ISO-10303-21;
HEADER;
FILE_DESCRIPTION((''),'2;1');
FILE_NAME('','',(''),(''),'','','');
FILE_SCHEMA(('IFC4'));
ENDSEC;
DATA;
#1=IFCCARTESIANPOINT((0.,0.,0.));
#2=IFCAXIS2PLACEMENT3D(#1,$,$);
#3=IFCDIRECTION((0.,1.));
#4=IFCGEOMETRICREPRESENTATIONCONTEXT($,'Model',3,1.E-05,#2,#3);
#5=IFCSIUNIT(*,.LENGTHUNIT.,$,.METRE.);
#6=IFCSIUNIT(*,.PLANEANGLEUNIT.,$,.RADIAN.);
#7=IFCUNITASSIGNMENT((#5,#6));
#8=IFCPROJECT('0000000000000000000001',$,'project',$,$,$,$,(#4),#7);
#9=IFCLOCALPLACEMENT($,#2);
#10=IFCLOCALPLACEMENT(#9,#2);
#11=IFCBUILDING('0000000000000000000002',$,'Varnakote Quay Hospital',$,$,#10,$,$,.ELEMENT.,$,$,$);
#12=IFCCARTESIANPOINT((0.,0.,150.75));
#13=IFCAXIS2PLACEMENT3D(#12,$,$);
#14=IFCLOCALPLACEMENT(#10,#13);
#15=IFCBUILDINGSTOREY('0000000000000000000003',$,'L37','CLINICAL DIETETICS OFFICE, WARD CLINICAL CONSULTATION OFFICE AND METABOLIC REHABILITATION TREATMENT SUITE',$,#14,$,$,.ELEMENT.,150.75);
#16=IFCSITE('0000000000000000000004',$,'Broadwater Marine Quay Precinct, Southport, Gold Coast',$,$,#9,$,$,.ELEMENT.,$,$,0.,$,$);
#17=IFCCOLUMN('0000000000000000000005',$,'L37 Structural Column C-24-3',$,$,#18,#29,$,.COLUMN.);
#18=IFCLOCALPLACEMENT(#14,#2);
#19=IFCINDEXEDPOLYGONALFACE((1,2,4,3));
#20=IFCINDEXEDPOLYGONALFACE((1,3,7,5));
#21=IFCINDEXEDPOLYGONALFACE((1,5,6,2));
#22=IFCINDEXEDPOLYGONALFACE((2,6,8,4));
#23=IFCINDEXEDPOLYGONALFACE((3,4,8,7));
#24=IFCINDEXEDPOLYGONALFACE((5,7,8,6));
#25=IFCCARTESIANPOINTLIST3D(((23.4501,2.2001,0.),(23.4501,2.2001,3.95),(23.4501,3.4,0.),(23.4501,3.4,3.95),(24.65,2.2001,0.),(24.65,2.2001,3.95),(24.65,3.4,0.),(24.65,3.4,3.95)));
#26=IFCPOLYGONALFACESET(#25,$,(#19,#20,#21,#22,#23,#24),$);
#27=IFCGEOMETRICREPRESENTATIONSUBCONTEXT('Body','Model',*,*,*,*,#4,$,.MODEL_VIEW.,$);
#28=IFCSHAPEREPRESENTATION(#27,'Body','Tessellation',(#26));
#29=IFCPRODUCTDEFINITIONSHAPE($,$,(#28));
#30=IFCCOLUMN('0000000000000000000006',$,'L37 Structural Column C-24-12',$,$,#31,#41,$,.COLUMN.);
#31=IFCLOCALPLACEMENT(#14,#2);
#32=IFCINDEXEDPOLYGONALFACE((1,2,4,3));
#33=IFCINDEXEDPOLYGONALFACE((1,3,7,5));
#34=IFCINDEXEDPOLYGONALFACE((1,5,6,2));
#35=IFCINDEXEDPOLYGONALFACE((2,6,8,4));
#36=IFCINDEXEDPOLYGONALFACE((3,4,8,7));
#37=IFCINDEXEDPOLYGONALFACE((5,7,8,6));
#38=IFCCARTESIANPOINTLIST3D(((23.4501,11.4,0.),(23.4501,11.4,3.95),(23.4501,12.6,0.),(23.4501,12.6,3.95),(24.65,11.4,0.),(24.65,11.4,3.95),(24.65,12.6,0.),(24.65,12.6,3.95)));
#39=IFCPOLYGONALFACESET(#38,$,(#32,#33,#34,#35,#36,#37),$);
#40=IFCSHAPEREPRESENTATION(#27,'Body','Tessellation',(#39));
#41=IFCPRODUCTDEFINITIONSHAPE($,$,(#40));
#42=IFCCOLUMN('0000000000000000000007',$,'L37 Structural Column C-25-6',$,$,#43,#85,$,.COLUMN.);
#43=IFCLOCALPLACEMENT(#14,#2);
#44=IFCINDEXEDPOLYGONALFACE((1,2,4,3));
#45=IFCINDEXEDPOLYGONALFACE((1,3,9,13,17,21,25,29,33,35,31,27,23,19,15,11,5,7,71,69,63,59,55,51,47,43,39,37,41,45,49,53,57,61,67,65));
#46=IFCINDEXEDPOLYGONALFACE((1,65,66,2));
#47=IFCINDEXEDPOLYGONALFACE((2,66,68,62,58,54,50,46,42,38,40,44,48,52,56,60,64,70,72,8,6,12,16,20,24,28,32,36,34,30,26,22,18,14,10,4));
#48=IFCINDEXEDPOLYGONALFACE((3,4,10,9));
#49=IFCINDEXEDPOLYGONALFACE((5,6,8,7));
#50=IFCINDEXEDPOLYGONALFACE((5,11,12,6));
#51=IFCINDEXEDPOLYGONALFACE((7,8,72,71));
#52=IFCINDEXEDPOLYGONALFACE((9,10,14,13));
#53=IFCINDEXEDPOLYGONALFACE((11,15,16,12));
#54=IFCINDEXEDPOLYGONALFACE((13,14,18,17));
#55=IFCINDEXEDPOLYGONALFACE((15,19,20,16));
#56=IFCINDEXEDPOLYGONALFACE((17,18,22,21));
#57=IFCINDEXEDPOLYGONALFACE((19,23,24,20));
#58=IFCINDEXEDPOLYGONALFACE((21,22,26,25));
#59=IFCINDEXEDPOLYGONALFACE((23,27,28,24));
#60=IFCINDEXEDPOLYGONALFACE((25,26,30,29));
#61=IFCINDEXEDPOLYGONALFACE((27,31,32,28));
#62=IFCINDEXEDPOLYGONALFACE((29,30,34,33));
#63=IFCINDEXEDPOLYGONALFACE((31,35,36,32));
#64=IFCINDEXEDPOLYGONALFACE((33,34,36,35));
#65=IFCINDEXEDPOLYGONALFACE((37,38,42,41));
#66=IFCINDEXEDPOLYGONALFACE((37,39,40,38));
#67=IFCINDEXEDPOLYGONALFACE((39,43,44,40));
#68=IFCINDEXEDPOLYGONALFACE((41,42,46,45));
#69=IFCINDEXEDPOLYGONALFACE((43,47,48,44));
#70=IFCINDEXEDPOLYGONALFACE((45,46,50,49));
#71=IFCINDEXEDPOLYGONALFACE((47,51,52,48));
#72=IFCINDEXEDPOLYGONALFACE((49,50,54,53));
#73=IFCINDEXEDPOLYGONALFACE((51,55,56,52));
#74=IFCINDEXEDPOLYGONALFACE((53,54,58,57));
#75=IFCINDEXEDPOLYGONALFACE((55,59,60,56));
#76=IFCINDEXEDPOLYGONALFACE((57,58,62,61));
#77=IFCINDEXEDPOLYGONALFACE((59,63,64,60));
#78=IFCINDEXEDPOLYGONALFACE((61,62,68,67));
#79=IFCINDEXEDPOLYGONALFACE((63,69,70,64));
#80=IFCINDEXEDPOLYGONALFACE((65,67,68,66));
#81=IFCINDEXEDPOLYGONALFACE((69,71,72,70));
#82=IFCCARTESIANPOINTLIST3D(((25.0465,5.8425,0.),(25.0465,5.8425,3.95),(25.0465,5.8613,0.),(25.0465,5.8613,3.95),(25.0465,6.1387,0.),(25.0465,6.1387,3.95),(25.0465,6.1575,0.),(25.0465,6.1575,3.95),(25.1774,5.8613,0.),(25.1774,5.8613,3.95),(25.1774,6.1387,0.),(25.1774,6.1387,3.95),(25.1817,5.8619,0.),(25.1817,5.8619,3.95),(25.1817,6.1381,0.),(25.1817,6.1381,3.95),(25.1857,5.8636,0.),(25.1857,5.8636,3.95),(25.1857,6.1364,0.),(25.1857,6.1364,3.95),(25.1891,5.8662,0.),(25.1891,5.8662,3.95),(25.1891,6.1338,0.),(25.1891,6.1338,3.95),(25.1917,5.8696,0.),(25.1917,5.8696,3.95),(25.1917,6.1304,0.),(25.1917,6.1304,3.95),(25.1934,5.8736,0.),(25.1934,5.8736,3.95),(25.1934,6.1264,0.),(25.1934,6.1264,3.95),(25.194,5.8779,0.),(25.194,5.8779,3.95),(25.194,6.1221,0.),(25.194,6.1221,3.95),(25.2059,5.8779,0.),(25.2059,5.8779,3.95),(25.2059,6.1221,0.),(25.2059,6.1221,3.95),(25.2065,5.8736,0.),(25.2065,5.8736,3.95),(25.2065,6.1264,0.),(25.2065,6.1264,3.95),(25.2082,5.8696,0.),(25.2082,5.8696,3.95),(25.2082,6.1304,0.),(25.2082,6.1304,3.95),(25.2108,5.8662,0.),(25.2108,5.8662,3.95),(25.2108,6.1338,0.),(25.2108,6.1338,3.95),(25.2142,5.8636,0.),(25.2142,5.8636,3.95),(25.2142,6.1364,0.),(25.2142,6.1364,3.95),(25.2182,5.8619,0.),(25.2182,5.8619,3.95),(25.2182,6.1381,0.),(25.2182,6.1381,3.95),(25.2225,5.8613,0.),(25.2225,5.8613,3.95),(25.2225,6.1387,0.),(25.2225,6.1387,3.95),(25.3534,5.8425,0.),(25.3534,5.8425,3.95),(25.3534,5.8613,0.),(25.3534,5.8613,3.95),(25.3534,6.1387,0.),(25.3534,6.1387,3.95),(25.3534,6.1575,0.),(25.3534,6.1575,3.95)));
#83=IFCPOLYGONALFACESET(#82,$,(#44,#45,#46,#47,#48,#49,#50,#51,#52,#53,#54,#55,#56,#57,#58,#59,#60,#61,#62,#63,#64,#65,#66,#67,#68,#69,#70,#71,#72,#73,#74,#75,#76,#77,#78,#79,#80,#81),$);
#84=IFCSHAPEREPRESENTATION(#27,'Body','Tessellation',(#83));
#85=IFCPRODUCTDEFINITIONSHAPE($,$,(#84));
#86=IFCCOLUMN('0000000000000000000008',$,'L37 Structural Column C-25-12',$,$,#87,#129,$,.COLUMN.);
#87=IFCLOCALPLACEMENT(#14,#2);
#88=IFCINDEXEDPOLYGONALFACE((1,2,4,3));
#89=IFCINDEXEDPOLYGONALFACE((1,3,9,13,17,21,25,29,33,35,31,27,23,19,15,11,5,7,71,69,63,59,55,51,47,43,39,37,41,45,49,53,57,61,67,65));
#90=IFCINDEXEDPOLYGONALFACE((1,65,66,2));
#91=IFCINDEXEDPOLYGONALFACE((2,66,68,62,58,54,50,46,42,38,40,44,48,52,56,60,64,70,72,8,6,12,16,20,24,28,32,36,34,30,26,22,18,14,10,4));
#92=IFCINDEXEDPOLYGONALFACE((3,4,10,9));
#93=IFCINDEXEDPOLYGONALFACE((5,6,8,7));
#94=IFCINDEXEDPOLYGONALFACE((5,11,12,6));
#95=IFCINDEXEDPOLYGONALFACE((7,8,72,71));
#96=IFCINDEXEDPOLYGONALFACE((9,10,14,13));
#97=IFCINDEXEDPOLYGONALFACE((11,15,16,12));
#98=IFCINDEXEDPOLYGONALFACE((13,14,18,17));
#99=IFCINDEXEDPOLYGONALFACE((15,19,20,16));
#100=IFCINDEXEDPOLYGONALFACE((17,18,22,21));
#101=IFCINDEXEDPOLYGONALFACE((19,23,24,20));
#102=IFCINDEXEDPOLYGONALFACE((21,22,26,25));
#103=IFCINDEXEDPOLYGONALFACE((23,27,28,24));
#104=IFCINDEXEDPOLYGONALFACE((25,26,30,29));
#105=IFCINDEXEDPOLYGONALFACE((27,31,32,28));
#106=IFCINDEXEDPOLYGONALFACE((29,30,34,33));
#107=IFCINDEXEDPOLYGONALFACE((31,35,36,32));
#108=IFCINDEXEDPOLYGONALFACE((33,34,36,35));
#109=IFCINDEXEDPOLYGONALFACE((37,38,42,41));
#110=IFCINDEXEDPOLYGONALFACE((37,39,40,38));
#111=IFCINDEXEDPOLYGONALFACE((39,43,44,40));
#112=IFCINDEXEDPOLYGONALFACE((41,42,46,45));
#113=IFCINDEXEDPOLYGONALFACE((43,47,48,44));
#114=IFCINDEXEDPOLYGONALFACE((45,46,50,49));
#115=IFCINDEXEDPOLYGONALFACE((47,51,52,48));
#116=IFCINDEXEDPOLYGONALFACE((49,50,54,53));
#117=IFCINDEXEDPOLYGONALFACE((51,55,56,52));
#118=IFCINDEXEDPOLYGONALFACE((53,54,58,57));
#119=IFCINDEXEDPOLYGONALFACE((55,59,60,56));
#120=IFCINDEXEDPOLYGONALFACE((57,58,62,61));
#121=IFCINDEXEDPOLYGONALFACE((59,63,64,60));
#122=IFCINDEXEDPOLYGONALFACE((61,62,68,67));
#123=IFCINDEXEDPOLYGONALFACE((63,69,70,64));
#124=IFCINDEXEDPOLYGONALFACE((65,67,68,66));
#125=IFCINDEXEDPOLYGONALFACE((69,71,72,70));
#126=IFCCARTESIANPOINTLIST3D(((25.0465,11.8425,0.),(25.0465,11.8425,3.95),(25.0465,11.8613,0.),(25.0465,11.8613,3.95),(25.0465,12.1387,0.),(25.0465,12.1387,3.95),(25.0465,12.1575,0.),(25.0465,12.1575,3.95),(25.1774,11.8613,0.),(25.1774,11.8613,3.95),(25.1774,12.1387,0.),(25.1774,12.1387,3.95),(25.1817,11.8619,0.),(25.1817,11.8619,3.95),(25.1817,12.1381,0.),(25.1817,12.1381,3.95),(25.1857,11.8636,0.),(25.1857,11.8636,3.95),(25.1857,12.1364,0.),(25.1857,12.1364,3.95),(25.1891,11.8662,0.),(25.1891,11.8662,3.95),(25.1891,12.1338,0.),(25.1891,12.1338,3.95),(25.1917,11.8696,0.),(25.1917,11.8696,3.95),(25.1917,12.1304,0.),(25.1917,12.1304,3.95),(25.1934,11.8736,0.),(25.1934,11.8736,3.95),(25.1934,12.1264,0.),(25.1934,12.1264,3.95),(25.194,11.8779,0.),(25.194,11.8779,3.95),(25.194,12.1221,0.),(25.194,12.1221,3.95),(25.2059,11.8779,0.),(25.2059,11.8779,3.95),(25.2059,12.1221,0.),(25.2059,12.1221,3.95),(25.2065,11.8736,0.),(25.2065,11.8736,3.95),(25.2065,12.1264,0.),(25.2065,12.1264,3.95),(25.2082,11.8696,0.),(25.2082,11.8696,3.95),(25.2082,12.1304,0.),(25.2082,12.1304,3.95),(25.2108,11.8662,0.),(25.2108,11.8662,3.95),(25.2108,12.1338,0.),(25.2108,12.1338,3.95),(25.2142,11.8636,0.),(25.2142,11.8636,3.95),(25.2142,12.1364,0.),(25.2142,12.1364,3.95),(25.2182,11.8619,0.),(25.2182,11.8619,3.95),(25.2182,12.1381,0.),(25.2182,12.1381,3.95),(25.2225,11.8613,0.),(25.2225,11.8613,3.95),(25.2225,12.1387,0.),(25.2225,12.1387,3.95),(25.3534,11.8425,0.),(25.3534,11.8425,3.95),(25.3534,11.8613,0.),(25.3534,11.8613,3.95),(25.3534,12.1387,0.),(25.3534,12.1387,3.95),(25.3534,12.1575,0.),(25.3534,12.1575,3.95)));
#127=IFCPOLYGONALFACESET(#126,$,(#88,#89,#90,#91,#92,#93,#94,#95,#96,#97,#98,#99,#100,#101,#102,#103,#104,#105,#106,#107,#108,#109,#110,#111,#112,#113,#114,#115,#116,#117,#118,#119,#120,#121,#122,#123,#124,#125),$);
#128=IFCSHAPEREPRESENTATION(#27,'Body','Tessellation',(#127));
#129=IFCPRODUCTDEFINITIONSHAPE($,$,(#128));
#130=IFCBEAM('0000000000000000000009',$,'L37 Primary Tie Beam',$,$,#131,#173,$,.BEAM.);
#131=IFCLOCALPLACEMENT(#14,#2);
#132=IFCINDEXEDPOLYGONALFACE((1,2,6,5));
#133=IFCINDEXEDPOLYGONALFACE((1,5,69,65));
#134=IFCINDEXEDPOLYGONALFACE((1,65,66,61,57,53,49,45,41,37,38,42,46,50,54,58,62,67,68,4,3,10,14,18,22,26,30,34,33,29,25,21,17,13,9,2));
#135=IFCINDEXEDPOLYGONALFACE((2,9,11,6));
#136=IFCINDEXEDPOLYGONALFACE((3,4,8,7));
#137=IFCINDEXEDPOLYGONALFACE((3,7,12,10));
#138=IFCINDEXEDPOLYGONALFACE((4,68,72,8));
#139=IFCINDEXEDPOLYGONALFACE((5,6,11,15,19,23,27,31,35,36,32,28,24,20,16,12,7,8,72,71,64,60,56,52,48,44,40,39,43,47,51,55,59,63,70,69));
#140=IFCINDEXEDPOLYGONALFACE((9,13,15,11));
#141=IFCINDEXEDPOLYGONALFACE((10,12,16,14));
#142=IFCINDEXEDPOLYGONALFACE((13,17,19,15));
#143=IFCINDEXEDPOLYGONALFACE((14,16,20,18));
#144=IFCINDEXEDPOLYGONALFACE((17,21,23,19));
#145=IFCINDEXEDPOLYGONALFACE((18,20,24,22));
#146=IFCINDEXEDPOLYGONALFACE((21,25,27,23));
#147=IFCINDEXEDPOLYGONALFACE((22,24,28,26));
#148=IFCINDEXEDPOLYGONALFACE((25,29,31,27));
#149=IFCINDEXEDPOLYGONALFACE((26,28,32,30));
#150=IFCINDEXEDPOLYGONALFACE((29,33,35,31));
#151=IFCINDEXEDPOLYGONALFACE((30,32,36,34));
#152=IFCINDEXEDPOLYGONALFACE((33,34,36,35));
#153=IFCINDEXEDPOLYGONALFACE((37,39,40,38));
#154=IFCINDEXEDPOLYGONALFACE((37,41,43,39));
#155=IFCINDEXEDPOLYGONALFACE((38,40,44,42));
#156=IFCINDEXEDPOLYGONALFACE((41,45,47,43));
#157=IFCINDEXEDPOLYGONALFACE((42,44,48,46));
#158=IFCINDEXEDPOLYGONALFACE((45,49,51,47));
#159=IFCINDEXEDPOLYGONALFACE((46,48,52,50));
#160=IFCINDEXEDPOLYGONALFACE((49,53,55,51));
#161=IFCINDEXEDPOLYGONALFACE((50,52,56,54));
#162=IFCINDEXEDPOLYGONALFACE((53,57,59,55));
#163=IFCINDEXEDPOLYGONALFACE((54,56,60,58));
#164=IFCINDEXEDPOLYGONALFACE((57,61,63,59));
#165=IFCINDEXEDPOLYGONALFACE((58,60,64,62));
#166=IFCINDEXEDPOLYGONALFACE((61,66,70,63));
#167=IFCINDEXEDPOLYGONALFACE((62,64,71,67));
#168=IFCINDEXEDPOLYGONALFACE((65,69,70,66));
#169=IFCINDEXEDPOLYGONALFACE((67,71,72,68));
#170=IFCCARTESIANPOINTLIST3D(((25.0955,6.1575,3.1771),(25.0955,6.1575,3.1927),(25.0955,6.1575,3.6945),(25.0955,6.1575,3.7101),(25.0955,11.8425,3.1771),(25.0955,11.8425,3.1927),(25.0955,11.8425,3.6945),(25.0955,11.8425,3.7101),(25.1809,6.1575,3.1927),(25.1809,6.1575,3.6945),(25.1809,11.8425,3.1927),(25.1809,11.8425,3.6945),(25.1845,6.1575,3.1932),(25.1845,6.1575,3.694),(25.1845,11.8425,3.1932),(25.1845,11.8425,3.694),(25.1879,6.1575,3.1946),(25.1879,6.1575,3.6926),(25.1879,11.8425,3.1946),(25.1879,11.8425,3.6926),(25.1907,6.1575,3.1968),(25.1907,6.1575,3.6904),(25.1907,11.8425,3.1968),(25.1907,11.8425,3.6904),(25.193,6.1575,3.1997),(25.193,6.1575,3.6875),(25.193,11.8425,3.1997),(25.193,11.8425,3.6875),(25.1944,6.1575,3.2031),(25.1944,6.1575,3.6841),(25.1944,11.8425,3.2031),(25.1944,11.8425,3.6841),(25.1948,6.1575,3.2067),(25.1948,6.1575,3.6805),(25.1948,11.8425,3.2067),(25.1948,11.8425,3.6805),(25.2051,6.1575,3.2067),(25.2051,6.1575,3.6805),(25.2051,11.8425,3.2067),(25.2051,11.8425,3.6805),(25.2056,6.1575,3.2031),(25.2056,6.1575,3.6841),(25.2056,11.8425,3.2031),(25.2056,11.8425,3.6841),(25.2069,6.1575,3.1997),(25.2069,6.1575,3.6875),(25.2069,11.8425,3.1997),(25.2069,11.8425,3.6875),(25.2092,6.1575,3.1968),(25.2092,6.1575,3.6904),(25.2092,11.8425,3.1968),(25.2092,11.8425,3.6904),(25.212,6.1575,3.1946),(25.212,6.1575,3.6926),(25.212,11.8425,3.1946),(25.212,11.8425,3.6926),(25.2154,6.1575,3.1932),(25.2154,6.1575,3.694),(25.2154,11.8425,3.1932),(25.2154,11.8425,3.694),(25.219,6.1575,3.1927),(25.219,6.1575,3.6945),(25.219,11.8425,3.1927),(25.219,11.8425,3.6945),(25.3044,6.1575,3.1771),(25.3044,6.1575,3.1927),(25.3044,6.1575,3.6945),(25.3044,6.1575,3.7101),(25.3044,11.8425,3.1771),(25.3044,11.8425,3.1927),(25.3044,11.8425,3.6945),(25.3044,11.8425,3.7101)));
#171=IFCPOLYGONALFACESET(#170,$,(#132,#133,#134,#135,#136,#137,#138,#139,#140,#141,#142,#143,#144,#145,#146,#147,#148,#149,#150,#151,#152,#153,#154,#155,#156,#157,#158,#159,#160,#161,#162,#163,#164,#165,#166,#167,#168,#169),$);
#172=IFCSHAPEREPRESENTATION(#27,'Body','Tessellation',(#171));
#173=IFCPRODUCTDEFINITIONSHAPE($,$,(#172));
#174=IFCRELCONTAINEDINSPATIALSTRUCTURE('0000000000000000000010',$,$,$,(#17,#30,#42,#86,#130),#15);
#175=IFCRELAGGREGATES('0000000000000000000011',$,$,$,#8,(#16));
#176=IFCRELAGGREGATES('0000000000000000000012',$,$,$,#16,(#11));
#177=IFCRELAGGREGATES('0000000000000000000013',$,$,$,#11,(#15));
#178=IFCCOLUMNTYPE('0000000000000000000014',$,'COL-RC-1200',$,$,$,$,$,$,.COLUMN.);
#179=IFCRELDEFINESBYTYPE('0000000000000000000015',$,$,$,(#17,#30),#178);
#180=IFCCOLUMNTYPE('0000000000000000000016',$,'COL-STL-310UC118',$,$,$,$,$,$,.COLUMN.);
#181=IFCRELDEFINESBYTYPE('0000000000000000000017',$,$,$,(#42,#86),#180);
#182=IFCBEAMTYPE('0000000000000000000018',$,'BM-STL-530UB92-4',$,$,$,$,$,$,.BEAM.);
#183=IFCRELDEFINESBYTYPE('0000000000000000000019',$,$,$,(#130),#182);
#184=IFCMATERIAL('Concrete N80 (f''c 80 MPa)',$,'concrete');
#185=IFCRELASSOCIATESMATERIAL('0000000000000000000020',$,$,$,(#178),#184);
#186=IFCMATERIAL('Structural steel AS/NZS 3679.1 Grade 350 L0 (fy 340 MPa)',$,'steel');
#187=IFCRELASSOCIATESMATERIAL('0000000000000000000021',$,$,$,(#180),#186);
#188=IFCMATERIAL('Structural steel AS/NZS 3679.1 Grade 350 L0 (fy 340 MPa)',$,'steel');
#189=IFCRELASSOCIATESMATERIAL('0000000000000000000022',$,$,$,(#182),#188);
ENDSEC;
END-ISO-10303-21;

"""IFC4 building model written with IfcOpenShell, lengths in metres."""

from ifc_helpers import new_model, si_unit, direction, frame, origin, origin_2d, place, context, subcontext, project, spatial, rectangle, i_section, extrude, material, material_profile, profile_set, type_object, element, save


model = new_model("IFC4")

# Units and contexts
model_context = context("Model", 3, precision=1e-05, world=origin(), true_north=direction((0.0, 1.0)))
body_context = subcontext(model_context, "Body", "Model", "MODEL_VIEW")
ifc_project = project(units=[si_unit("LENGTHUNIT", "METRE"), si_unit("PLANEANGLEUNIT", "RADIAN")], contexts=[model_context])

# Site, building, storey
site_placement = place(None, origin())
site = spatial("IfcSite", under=ifc_project, at=site_placement, Name="Broadwater Marine Quay Precinct, Southport, Gold Coast", CompositionType="ELEMENT", RefElevation=0.0)
building_placement = place(site_placement, origin())
building = spatial("IfcBuilding", under=site, at=building_placement, Name="Varnakote Quay Hospital", CompositionType="ELEMENT")
storey_placement = place(building_placement, frame((0.0, 0.0, 150.75)))
storey = spatial("IfcBuildingStorey", under=building, at=storey_placement, Name="L37", Description="CLINICAL DIETETICS OFFICE, WARD CLINICAL CONSULTATION OFFICE AND METABOLIC REHABILITATION TREATMENT SUITE", CompositionType="ELEMENT", Elevation=150.75)

# Columns
ifc_material_1 = material(Name="Concrete N80 (f'c 80 MPa)", Category="concrete")
ifc_material_profile_1 = material_profile(ifc_material_1, rectangle(XDim=1.2, YDim=1.2, at=origin_2d()), Name="RC-COL-1200x1200")
ifc_profile_set_1 = profile_set([ifc_material_profile_1], Name="Concrete N80 (f'c 80 MPa)")
column_type_1 = type_object("IfcColumnType", Name="COL-RC-1200", PredefinedType="COLUMN", material=ifc_profile_set_1)
for number, where, z_axis, x_axis, name in (
    (1, (24.05, 2.8, 0.0), (0.0, 0.0, 1.0), (1.0, 0.0, 0.0), "L37 Structural Column C-24-3"),
    (2, (24.05, 12.0, 0.0), (0.0, 0.0, 1.0), (1.0, 0.0, 0.0), "L37 Structural Column C-24-12"),
):
    element("IfcColumn", number, at=place(storey_placement, frame(where, z_axis=z_axis, x_axis=x_axis)), inside=storey, type_object=column_type_1, Name=name, PredefinedType="COLUMN", context=body_context, shape_type="SweptSolid", body=[
        extrude(rectangle(XDim=1.2, YDim=1.2, at=origin_2d()), origin(), (0.0, 0.0, 1.0), 3.95),
    ])
ifc_material_2 = material(Name="Structural steel AS/NZS 3679.1 Grade 350 L0 (fy 340 MPa)", Category="steel")
ifc_material_profile_2 = material_profile(ifc_material_2, i_section(OverallWidth=0.3069, OverallDepth=0.3149, WebThickness=0.012, FlangeThickness=0.0188, FilletRadius=0.0166, at=origin_2d()), Name="310UC118")
ifc_profile_set_2 = profile_set([ifc_material_profile_2], Name="Structural steel AS/NZS 3679.1 Grade 350 L0 (fy 340 MPa)")
column_type_2 = type_object("IfcColumnType", Name="COL-STL-310UC118", PredefinedType="COLUMN", material=ifc_profile_set_2)
for number, where, z_axis, x_axis, name in (
    (3, (25.2, 6.0, 0.0), (0.0, 0.0, 1.0), (1.0, 0.0, 0.0), "L37 Structural Column C-25-6"),
    (4, (25.2, 12.0, 0.0), (0.0, 0.0, 1.0), (1.0, 0.0, 0.0), "L37 Structural Column C-25-12"),
):
    element("IfcColumn", number, at=place(storey_placement, frame(where, z_axis=z_axis, x_axis=x_axis)), inside=storey, type_object=column_type_2, Name=name, PredefinedType="COLUMN", context=body_context, shape_type="SweptSolid", body=[
        extrude(i_section(OverallWidth=0.3069, OverallDepth=0.3149, WebThickness=0.012, FlangeThickness=0.0188, FilletRadius=0.0166, at=origin_2d()), origin(), (0.0, 0.0, 1.0), 3.95),
    ])

# Beam
ifc_material_3 = material(Name="Structural steel AS/NZS 3679.1 Grade 350 L0 (fy 340 MPa)", Category="steel")
ifc_material_profile_3 = material_profile(ifc_material_3, i_section(OverallWidth=0.209, OverallDepth=0.533, WebThickness=0.0103, FlangeThickness=0.0156, FilletRadius=0.0139, at=origin_2d()), Name="530UB92.4")
ifc_profile_set_3 = profile_set([ifc_material_profile_3], Name="Structural steel AS/NZS 3679.1 Grade 350 L0 (fy 340 MPa)")
beam_type_1 = type_object("IfcBeamType", Name="BM-STL-530UB92-4", PredefinedType="BEAM", material=ifc_profile_set_3)
beam_1_placement = place(storey_placement, frame((25.2, 6.1575, 3.4436), z_axis=(0.0, 1.0, 0.0), x_axis=(-1.0, 0.0, 0.0)))
element("IfcBeam", 5, at=beam_1_placement, inside=storey, type_object=beam_type_1, Name="L37 Primary Tie Beam", PredefinedType="BEAM", context=body_context, shape_type="SweptSolid", body=[
    extrude(i_section(OverallWidth=0.209, OverallDepth=0.533, WebThickness=0.0103, FlangeThickness=0.0156, FilletRadius=0.0139, at=origin_2d()), origin(), (0.0, 0.0, 1.0), 5.6851),
])

save(model, "model.ifc")
